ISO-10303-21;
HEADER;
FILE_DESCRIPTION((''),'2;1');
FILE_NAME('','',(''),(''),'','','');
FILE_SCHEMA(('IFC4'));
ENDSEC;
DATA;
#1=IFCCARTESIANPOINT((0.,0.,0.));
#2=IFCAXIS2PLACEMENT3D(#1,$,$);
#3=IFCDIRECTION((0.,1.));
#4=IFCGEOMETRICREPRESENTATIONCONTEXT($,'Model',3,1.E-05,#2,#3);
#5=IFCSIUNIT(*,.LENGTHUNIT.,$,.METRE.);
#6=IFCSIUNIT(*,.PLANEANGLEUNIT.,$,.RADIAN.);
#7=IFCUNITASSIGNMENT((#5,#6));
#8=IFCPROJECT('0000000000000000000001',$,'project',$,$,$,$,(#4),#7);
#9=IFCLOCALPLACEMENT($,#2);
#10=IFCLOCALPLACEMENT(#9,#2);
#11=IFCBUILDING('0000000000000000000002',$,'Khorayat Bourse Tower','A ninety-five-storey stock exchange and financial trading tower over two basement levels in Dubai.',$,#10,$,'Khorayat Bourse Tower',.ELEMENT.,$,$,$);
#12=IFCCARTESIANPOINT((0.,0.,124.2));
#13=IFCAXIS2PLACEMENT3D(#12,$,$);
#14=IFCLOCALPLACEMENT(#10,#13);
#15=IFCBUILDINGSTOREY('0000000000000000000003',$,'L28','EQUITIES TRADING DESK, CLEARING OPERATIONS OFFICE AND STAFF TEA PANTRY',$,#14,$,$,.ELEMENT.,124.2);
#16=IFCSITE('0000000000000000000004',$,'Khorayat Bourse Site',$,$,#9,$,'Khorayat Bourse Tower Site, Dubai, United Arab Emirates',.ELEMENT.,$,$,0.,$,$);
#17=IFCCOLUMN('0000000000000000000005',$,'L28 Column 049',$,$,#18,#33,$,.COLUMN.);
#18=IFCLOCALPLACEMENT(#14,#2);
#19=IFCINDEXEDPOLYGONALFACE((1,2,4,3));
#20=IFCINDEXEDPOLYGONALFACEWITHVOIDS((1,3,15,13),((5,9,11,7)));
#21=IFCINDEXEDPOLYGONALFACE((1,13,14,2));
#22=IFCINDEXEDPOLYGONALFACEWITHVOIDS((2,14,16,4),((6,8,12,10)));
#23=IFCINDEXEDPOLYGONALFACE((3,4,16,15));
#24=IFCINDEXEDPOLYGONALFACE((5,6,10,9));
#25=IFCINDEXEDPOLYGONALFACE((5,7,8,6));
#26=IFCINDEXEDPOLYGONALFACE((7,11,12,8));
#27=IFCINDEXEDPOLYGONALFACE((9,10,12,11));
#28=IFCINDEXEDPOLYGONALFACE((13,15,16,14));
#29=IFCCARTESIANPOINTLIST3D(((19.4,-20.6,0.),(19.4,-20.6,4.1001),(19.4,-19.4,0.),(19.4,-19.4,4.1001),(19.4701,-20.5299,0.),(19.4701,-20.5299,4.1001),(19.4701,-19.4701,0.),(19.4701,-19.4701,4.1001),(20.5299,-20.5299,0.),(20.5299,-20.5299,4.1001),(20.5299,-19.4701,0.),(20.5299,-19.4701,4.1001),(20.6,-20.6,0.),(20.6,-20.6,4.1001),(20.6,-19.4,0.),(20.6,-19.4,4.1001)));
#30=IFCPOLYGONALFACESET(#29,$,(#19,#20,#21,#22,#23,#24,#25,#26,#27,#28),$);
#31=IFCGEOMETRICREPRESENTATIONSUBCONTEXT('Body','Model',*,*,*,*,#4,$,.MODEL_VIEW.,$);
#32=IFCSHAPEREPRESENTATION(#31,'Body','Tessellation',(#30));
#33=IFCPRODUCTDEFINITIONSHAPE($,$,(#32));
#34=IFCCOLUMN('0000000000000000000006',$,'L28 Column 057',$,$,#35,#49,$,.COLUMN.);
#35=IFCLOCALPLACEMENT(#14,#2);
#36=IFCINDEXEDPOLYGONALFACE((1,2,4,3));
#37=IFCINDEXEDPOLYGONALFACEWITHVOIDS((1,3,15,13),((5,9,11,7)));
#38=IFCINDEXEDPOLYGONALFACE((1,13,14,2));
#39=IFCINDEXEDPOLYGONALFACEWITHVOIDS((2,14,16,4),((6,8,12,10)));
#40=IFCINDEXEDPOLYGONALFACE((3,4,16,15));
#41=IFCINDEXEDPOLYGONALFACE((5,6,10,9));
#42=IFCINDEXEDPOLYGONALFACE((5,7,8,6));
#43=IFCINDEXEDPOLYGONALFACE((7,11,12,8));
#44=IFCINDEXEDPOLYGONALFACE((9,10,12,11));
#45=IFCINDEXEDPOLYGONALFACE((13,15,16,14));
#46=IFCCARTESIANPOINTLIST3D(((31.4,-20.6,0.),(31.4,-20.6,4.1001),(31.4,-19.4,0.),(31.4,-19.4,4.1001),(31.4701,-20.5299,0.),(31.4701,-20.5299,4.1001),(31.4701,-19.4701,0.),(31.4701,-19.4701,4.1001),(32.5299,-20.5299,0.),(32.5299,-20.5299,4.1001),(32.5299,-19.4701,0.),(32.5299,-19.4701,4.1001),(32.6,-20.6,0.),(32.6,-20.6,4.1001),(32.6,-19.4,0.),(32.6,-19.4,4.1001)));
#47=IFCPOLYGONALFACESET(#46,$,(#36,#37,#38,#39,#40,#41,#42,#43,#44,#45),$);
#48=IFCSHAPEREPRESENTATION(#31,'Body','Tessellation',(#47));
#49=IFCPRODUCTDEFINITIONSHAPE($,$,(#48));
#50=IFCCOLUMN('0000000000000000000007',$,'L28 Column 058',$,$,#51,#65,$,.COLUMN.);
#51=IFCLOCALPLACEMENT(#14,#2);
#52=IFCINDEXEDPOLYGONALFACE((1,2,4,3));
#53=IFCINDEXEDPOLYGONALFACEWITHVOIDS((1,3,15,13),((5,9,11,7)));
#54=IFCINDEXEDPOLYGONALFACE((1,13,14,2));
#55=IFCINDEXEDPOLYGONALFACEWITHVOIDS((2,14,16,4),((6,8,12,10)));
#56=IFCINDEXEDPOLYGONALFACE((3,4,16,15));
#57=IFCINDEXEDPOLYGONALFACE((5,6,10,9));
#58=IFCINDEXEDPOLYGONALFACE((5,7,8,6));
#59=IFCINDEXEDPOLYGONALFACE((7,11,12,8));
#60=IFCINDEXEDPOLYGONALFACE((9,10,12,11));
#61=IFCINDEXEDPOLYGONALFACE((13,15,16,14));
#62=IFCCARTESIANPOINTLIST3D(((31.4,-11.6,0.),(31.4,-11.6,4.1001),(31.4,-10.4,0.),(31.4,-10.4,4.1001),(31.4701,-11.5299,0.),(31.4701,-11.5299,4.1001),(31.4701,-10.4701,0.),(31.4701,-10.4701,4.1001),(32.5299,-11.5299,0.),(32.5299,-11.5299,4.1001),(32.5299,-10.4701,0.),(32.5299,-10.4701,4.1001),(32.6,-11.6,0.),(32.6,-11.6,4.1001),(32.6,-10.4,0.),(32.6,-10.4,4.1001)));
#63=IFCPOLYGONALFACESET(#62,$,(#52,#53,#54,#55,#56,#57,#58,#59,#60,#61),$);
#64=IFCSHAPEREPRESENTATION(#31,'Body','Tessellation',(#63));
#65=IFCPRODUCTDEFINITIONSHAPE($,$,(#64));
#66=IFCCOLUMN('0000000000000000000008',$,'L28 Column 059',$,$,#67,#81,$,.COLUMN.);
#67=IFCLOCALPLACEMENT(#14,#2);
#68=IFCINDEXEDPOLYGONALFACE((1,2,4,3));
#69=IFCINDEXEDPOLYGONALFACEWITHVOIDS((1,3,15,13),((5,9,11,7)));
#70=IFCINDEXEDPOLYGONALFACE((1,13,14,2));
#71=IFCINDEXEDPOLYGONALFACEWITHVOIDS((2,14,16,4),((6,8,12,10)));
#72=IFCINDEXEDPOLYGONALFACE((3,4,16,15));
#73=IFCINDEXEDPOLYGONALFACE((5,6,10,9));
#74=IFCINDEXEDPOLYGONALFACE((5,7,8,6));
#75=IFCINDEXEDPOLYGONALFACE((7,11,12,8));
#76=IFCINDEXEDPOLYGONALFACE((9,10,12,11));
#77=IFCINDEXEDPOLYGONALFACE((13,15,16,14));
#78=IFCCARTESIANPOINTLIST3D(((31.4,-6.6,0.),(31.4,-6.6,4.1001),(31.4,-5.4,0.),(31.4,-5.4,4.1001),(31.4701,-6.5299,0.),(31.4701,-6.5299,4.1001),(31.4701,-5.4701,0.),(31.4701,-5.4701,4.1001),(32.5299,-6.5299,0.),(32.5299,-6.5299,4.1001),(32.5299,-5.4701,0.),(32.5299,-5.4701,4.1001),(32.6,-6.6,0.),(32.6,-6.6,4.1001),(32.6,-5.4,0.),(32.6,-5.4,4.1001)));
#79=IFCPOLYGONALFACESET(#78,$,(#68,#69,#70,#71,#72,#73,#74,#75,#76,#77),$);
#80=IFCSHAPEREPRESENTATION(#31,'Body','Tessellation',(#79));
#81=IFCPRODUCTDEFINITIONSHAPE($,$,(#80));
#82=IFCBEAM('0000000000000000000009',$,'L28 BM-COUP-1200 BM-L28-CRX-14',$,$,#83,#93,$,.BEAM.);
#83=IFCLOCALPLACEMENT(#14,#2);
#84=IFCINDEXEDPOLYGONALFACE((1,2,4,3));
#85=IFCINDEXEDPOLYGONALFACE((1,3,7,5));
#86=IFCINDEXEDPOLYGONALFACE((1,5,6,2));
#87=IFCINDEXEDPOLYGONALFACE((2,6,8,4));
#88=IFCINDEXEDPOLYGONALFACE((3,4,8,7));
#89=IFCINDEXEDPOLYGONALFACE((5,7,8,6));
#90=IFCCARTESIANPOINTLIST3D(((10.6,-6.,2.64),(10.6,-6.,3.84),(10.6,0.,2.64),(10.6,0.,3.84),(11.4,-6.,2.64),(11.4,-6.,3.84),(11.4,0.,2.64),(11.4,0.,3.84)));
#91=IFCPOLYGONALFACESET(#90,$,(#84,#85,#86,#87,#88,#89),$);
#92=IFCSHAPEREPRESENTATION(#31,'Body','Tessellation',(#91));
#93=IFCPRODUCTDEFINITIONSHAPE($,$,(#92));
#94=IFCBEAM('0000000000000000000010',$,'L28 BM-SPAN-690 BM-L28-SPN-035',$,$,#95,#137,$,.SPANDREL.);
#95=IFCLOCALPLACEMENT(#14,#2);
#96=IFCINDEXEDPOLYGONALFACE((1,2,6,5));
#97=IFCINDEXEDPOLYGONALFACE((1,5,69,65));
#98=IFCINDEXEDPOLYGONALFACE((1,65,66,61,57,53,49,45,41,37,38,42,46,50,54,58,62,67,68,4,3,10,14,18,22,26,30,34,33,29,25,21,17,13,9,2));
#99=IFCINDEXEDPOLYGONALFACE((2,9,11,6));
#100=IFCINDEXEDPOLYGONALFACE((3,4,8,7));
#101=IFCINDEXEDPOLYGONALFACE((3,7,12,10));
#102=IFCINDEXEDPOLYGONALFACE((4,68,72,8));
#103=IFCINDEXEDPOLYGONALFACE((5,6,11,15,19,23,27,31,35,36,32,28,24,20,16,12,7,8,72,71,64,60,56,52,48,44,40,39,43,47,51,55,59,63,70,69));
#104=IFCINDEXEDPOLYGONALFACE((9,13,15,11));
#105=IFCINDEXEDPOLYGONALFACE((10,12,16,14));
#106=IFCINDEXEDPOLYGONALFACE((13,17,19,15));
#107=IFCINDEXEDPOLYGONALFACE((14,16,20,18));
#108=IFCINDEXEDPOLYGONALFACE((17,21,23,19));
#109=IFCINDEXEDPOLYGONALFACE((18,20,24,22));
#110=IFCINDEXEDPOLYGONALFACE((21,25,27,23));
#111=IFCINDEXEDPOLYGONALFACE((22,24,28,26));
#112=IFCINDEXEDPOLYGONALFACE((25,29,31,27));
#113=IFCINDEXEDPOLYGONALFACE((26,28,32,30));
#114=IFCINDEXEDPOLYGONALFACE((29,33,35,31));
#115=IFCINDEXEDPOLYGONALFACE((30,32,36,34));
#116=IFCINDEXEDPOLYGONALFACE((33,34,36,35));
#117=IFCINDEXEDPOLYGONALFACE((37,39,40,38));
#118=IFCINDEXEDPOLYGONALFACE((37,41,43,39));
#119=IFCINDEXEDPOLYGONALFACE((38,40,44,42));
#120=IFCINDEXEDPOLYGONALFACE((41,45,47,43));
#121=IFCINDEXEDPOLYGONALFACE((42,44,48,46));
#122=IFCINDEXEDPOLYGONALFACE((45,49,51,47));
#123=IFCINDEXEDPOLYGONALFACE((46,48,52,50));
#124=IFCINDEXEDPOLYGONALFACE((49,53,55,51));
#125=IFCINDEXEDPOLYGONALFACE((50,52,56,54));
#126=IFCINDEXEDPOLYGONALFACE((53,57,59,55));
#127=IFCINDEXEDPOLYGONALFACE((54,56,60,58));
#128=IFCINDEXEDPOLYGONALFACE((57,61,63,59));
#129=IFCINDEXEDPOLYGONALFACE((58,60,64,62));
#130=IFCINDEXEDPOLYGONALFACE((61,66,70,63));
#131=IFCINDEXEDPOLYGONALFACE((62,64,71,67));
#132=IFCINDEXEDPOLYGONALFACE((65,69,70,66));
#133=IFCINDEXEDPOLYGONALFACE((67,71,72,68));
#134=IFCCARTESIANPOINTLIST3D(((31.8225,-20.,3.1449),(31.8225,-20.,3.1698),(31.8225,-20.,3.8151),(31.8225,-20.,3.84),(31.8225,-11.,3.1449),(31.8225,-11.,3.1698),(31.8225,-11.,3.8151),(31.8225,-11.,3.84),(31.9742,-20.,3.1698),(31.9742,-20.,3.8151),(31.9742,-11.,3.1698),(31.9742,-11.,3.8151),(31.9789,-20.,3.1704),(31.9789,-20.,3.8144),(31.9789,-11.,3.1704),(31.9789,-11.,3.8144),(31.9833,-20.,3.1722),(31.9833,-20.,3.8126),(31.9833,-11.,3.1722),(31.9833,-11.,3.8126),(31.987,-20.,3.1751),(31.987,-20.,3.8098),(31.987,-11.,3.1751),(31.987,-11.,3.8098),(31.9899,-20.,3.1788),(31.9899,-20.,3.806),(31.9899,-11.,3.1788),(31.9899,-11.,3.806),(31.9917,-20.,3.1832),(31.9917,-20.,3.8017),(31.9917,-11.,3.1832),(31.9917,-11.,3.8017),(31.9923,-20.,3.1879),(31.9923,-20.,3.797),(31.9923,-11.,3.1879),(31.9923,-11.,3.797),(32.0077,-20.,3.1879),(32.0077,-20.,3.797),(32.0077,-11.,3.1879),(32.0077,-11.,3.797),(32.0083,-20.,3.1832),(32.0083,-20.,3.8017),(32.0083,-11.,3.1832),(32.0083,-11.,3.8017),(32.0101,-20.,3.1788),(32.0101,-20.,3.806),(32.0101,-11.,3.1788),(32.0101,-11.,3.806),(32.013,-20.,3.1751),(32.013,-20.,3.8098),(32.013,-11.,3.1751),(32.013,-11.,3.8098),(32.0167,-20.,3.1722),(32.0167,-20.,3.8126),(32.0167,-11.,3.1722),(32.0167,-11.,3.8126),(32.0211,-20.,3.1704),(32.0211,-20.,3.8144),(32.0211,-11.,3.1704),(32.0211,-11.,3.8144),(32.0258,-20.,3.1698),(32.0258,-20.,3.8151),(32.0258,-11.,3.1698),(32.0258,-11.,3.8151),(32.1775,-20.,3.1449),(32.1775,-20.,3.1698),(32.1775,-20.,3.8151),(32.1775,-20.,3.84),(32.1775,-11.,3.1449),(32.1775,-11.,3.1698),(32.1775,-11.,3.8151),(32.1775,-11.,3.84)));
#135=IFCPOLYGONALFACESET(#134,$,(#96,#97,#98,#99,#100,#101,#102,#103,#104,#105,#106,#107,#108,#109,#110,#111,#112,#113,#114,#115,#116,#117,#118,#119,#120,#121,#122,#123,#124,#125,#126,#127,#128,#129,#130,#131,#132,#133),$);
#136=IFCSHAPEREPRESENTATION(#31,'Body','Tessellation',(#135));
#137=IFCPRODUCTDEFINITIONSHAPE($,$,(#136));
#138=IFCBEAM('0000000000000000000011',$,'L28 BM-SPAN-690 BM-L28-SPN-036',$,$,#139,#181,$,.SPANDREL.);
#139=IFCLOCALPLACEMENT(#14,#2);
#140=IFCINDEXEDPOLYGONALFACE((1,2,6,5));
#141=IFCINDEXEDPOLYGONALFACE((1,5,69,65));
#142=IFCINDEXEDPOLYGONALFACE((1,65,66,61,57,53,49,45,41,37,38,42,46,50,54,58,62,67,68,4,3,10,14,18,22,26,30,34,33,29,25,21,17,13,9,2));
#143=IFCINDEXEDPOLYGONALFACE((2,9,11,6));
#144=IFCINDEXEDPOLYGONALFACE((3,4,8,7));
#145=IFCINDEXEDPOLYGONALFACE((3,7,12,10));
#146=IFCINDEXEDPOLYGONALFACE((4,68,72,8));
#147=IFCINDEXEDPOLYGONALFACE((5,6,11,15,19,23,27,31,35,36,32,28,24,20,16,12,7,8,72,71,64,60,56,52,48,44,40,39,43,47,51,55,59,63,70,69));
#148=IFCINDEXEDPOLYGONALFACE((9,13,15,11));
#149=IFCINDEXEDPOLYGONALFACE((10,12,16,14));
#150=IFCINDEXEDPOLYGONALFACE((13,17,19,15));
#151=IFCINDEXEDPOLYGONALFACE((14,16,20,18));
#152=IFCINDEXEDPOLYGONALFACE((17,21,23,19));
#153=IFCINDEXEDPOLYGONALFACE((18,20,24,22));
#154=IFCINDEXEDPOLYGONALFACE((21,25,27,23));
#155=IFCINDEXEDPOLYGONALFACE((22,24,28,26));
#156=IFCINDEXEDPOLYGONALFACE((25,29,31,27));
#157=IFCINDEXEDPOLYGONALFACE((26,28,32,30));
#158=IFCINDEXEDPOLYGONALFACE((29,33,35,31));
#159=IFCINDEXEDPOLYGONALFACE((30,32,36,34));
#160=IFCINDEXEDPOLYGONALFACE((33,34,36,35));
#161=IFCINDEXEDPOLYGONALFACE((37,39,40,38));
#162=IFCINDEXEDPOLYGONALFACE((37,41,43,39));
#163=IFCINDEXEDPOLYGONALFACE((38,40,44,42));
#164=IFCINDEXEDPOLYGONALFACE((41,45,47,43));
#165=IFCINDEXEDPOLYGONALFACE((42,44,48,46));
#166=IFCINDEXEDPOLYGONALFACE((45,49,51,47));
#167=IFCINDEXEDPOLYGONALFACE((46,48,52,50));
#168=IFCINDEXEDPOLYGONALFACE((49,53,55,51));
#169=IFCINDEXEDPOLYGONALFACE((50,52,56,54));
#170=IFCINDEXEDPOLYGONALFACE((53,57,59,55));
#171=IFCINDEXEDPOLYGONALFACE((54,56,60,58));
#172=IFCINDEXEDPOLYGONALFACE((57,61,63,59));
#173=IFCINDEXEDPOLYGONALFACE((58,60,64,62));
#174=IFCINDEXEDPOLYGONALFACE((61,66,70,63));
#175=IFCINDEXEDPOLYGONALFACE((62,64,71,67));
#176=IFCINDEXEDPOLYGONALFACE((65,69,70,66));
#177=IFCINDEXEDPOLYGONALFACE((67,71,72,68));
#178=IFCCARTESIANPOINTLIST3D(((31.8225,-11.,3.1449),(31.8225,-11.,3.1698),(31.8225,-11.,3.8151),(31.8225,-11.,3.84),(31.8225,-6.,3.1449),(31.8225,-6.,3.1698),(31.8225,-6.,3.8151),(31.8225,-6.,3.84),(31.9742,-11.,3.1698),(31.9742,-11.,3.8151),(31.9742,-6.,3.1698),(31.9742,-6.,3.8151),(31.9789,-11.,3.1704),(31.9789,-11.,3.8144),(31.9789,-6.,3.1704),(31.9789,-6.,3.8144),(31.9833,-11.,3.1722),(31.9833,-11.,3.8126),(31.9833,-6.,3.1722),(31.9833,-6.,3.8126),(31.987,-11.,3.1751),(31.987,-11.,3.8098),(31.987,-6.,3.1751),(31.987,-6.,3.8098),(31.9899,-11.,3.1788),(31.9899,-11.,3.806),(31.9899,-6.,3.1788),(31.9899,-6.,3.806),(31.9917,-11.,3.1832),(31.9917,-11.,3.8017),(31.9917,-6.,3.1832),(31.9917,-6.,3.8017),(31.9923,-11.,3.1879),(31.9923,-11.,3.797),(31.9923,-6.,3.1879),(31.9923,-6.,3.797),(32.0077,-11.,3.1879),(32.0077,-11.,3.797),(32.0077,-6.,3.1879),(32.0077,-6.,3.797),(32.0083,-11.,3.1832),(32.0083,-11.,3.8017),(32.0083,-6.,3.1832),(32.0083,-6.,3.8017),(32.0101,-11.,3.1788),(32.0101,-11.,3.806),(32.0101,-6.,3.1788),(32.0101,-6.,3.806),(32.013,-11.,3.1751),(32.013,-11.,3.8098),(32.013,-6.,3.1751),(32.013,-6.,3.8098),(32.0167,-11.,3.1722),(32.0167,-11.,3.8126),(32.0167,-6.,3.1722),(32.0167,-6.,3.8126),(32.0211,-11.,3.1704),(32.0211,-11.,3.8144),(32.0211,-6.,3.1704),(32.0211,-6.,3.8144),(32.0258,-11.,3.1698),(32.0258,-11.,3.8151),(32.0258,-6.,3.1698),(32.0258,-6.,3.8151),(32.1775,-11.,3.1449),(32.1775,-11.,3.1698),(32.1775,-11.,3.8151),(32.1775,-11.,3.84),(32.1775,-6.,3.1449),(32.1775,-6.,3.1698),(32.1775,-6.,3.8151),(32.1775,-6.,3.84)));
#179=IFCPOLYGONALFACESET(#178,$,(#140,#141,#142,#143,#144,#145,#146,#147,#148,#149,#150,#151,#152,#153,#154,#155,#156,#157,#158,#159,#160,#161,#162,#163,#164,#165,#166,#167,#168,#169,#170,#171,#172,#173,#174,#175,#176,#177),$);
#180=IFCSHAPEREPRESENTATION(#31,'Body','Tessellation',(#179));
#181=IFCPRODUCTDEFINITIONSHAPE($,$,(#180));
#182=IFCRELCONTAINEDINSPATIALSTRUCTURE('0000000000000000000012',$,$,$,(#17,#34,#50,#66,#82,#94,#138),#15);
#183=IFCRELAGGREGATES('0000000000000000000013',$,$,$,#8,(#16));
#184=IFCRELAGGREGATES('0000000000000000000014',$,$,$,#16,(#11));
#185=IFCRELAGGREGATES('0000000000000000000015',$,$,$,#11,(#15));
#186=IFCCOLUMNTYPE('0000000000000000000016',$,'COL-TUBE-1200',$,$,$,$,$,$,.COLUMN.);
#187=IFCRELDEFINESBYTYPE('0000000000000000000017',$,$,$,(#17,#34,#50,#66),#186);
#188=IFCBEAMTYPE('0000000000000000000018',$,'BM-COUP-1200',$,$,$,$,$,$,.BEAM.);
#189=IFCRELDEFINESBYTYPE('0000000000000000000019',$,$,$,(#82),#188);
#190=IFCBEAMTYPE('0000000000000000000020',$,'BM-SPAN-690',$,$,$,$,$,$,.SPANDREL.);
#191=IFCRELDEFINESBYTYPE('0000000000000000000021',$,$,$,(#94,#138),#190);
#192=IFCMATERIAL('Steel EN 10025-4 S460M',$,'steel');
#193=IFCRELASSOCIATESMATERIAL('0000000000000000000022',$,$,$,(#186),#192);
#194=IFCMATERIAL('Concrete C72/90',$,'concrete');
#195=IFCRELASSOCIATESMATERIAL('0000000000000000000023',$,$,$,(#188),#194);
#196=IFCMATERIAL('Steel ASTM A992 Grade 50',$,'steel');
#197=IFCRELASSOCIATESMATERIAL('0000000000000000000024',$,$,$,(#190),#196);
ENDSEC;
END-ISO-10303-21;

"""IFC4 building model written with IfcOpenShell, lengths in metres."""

from ifc_helpers import new_model, si_unit, direction, frame, origin, origin_2d, place, context, subcontext, project, spatial, rectangle, hollow_rectangle, i_section, extrude, source, transform, mapped, material, material_profile, profile_set, type_object, element, save


model = new_model("IFC4")

# Units and contexts
model_context = context("Model", 3, precision=1e-05, world=origin(), true_north=direction((0.0, 1.0)))
body_context = subcontext(model_context, "Body", "Model", "MODEL_VIEW")
ifc_project = project(units=[si_unit("LENGTHUNIT", "METRE"), si_unit("PLANEANGLEUNIT", "RADIAN")], contexts=[model_context])

# Site, building, storey
site_placement = place(None, origin())
site = spatial("IfcSite", under=ifc_project, at=site_placement, Name="Khorayat Bourse Site", LongName="Khorayat Bourse Tower Site, Dubai, United Arab Emirates", CompositionType="ELEMENT", RefElevation=0.0)
building_placement = place(site_placement, origin())
building = spatial("IfcBuilding", under=site, at=building_placement, Name="Khorayat Bourse Tower", Description="A ninety-five-storey stock exchange and financial trading tower over two basement levels in Dubai.", LongName="Khorayat Bourse Tower", CompositionType="ELEMENT")
storey_placement = place(building_placement, frame((0.0, 0.0, 124.2)))
storey = spatial("IfcBuildingStorey", under=building, at=storey_placement, Name="L28", Description="EQUITIES TRADING DESK, CLEARING OPERATIONS OFFICE AND STAFF TEA PANTRY", CompositionType="ELEMENT", Elevation=124.2)

# Columns
ifc_material_1 = material(Name="Steel EN 10025-4 S460M", Category="steel")
ifc_material_profile_1 = material_profile(ifc_material_1, hollow_rectangle(XDim=1.2, YDim=1.2, WallThickness=0.0701, at=origin_2d()), Name="BOX 1200x1200x70")
ifc_profile_set_1 = profile_set([ifc_material_profile_1], Name="Steel EN 10025-4 S460M")
column_type = type_object("IfcColumnType", Name="COL-TUBE-1200", PredefinedType="COLUMN", material=ifc_profile_set_1)
shared_shape_1 = source(origin(), body_context, "Body", "SweptSolid", [
    extrude(hollow_rectangle(XDim=1.2, YDim=1.2, WallThickness=0.0701, at=origin_2d()), origin(), (0.0, 0.0, 1.0), 4.1001),
])
for number, where, z_axis, x_axis, name in (
    (1, (20.0, -20.0, 0.0), (0.0, 0.0, 1.0), (1.0, 0.0, 0.0), "L28 Column 049"),
    (2, (32.0, -20.0, 0.0), (0.0, 0.0, 1.0), (1.0, 0.0, 0.0), "L28 Column 057"),
    (3, (32.0, -11.0, 0.0), (0.0, 0.0, 1.0), (1.0, 0.0, 0.0), "L28 Column 058"),
    (4, (32.0, -6.0, 0.0), (0.0, 0.0, 1.0), (1.0, 0.0, 0.0), "L28 Column 059"),
):
    element("IfcColumn", number, at=place(storey_placement, frame(where, z_axis=z_axis, x_axis=x_axis)), inside=storey, type_object=column_type, Name=name, PredefinedType="COLUMN", context=body_context, shape_type="MappedRepresentation", body=[
        mapped(shared_shape_1, transform((0.0, 0.0, 0.0), scale=1.0)),
    ])

# Beams
ifc_material_2 = material(Name="Concrete C72/90", Category="concrete")
ifc_material_profile_2 = material_profile(ifc_material_2, rectangle(XDim=0.8, YDim=1.2, at=origin_2d()), Name="RC 800x1200")
ifc_profile_set_2 = profile_set([ifc_material_profile_2], Name="Concrete C72/90")
beam_type_1 = type_object("IfcBeamType", Name="BM-COUP-1200", PredefinedType="BEAM", material=ifc_profile_set_2)
shared_shape_2 = source(origin(), body_context, "Body", "SweptSolid", [
    extrude(rectangle(XDim=0.8, YDim=1.2, at=origin_2d()), origin(), (0.0, 0.0, 1.0), 6.0),
])
beam_1_placement = place(storey_placement, frame((11.0, -6.0, 3.24), z_axis=(0.0, 1.0, 0.0), x_axis=(-1.0, 0.0, 0.0)))
element("IfcBeam", 5, at=beam_1_placement, inside=storey, type_object=beam_type_1, Name="L28 BM-COUP-1200 BM-L28-CRX-14", PredefinedType="BEAM", context=body_context, shape_type="MappedRepresentation", body=[
    mapped(shared_shape_2, transform((0.0, 0.0, 0.0), scale=1.0)),
])
ifc_material_3 = material(Name="Steel ASTM A992 Grade 50", Category="steel")
ifc_material_profile_3 = material_profile(ifc_material_3, i_section(OverallWidth=0.355, OverallDepth=0.6951, WebThickness=0.0154, FlangeThickness=0.0249, FilletRadius=0.0181, at=origin_2d()), Name="W690X217")
ifc_profile_set_3 = profile_set([ifc_material_profile_3], Name="Steel ASTM A992 Grade 50")
beam_type_2 = type_object("IfcBeamType", Name="BM-SPAN-690", PredefinedType="SPANDREL", material=ifc_profile_set_3)
shared_shape_3 = source(origin(), body_context, "Body", "SweptSolid", [
    extrude(i_section(OverallWidth=0.355, OverallDepth=0.6951, WebThickness=0.0154, FlangeThickness=0.0249, FilletRadius=0.0181, at=origin_2d()), origin(), (0.0, 0.0, 1.0), 9.0),
])
beam_2_placement = place(storey_placement, frame((32.0, -20.0, 3.4924), z_axis=(0.0, 1.0, 0.0), x_axis=(-1.0, 0.0, 0.0)))
element("IfcBeam", 6, at=beam_2_placement, inside=storey, type_object=beam_type_2, Name="L28 BM-SPAN-690 BM-L28-SPN-035", PredefinedType="SPANDREL", context=body_context, shape_type="MappedRepresentation", body=[
    mapped(shared_shape_3, transform((0.0, 0.0, 0.0), scale=1.0)),
])
shared_shape_4 = source(origin(), body_context, "Body", "SweptSolid", [
    extrude(i_section(OverallWidth=0.355, OverallDepth=0.6951, WebThickness=0.0154, FlangeThickness=0.0249, FilletRadius=0.0181, at=origin_2d()), origin(), (0.0, 0.0, 1.0), 5.0),
])
beam_3_placement = place(storey_placement, frame((32.0, -11.0, 3.4924), z_axis=(0.0, 1.0, 0.0), x_axis=(-1.0, 0.0, 0.0)))
element("IfcBeam", 7, at=beam_3_placement, inside=storey, type_object=beam_type_2, Name="L28 BM-SPAN-690 BM-L28-SPN-036", PredefinedType="SPANDREL", context=body_context, shape_type="MappedRepresentation", body=[
    mapped(shared_shape_4, transform((0.0, 0.0, 0.0), scale=1.0)),
])

save(model, "model.ifc")
